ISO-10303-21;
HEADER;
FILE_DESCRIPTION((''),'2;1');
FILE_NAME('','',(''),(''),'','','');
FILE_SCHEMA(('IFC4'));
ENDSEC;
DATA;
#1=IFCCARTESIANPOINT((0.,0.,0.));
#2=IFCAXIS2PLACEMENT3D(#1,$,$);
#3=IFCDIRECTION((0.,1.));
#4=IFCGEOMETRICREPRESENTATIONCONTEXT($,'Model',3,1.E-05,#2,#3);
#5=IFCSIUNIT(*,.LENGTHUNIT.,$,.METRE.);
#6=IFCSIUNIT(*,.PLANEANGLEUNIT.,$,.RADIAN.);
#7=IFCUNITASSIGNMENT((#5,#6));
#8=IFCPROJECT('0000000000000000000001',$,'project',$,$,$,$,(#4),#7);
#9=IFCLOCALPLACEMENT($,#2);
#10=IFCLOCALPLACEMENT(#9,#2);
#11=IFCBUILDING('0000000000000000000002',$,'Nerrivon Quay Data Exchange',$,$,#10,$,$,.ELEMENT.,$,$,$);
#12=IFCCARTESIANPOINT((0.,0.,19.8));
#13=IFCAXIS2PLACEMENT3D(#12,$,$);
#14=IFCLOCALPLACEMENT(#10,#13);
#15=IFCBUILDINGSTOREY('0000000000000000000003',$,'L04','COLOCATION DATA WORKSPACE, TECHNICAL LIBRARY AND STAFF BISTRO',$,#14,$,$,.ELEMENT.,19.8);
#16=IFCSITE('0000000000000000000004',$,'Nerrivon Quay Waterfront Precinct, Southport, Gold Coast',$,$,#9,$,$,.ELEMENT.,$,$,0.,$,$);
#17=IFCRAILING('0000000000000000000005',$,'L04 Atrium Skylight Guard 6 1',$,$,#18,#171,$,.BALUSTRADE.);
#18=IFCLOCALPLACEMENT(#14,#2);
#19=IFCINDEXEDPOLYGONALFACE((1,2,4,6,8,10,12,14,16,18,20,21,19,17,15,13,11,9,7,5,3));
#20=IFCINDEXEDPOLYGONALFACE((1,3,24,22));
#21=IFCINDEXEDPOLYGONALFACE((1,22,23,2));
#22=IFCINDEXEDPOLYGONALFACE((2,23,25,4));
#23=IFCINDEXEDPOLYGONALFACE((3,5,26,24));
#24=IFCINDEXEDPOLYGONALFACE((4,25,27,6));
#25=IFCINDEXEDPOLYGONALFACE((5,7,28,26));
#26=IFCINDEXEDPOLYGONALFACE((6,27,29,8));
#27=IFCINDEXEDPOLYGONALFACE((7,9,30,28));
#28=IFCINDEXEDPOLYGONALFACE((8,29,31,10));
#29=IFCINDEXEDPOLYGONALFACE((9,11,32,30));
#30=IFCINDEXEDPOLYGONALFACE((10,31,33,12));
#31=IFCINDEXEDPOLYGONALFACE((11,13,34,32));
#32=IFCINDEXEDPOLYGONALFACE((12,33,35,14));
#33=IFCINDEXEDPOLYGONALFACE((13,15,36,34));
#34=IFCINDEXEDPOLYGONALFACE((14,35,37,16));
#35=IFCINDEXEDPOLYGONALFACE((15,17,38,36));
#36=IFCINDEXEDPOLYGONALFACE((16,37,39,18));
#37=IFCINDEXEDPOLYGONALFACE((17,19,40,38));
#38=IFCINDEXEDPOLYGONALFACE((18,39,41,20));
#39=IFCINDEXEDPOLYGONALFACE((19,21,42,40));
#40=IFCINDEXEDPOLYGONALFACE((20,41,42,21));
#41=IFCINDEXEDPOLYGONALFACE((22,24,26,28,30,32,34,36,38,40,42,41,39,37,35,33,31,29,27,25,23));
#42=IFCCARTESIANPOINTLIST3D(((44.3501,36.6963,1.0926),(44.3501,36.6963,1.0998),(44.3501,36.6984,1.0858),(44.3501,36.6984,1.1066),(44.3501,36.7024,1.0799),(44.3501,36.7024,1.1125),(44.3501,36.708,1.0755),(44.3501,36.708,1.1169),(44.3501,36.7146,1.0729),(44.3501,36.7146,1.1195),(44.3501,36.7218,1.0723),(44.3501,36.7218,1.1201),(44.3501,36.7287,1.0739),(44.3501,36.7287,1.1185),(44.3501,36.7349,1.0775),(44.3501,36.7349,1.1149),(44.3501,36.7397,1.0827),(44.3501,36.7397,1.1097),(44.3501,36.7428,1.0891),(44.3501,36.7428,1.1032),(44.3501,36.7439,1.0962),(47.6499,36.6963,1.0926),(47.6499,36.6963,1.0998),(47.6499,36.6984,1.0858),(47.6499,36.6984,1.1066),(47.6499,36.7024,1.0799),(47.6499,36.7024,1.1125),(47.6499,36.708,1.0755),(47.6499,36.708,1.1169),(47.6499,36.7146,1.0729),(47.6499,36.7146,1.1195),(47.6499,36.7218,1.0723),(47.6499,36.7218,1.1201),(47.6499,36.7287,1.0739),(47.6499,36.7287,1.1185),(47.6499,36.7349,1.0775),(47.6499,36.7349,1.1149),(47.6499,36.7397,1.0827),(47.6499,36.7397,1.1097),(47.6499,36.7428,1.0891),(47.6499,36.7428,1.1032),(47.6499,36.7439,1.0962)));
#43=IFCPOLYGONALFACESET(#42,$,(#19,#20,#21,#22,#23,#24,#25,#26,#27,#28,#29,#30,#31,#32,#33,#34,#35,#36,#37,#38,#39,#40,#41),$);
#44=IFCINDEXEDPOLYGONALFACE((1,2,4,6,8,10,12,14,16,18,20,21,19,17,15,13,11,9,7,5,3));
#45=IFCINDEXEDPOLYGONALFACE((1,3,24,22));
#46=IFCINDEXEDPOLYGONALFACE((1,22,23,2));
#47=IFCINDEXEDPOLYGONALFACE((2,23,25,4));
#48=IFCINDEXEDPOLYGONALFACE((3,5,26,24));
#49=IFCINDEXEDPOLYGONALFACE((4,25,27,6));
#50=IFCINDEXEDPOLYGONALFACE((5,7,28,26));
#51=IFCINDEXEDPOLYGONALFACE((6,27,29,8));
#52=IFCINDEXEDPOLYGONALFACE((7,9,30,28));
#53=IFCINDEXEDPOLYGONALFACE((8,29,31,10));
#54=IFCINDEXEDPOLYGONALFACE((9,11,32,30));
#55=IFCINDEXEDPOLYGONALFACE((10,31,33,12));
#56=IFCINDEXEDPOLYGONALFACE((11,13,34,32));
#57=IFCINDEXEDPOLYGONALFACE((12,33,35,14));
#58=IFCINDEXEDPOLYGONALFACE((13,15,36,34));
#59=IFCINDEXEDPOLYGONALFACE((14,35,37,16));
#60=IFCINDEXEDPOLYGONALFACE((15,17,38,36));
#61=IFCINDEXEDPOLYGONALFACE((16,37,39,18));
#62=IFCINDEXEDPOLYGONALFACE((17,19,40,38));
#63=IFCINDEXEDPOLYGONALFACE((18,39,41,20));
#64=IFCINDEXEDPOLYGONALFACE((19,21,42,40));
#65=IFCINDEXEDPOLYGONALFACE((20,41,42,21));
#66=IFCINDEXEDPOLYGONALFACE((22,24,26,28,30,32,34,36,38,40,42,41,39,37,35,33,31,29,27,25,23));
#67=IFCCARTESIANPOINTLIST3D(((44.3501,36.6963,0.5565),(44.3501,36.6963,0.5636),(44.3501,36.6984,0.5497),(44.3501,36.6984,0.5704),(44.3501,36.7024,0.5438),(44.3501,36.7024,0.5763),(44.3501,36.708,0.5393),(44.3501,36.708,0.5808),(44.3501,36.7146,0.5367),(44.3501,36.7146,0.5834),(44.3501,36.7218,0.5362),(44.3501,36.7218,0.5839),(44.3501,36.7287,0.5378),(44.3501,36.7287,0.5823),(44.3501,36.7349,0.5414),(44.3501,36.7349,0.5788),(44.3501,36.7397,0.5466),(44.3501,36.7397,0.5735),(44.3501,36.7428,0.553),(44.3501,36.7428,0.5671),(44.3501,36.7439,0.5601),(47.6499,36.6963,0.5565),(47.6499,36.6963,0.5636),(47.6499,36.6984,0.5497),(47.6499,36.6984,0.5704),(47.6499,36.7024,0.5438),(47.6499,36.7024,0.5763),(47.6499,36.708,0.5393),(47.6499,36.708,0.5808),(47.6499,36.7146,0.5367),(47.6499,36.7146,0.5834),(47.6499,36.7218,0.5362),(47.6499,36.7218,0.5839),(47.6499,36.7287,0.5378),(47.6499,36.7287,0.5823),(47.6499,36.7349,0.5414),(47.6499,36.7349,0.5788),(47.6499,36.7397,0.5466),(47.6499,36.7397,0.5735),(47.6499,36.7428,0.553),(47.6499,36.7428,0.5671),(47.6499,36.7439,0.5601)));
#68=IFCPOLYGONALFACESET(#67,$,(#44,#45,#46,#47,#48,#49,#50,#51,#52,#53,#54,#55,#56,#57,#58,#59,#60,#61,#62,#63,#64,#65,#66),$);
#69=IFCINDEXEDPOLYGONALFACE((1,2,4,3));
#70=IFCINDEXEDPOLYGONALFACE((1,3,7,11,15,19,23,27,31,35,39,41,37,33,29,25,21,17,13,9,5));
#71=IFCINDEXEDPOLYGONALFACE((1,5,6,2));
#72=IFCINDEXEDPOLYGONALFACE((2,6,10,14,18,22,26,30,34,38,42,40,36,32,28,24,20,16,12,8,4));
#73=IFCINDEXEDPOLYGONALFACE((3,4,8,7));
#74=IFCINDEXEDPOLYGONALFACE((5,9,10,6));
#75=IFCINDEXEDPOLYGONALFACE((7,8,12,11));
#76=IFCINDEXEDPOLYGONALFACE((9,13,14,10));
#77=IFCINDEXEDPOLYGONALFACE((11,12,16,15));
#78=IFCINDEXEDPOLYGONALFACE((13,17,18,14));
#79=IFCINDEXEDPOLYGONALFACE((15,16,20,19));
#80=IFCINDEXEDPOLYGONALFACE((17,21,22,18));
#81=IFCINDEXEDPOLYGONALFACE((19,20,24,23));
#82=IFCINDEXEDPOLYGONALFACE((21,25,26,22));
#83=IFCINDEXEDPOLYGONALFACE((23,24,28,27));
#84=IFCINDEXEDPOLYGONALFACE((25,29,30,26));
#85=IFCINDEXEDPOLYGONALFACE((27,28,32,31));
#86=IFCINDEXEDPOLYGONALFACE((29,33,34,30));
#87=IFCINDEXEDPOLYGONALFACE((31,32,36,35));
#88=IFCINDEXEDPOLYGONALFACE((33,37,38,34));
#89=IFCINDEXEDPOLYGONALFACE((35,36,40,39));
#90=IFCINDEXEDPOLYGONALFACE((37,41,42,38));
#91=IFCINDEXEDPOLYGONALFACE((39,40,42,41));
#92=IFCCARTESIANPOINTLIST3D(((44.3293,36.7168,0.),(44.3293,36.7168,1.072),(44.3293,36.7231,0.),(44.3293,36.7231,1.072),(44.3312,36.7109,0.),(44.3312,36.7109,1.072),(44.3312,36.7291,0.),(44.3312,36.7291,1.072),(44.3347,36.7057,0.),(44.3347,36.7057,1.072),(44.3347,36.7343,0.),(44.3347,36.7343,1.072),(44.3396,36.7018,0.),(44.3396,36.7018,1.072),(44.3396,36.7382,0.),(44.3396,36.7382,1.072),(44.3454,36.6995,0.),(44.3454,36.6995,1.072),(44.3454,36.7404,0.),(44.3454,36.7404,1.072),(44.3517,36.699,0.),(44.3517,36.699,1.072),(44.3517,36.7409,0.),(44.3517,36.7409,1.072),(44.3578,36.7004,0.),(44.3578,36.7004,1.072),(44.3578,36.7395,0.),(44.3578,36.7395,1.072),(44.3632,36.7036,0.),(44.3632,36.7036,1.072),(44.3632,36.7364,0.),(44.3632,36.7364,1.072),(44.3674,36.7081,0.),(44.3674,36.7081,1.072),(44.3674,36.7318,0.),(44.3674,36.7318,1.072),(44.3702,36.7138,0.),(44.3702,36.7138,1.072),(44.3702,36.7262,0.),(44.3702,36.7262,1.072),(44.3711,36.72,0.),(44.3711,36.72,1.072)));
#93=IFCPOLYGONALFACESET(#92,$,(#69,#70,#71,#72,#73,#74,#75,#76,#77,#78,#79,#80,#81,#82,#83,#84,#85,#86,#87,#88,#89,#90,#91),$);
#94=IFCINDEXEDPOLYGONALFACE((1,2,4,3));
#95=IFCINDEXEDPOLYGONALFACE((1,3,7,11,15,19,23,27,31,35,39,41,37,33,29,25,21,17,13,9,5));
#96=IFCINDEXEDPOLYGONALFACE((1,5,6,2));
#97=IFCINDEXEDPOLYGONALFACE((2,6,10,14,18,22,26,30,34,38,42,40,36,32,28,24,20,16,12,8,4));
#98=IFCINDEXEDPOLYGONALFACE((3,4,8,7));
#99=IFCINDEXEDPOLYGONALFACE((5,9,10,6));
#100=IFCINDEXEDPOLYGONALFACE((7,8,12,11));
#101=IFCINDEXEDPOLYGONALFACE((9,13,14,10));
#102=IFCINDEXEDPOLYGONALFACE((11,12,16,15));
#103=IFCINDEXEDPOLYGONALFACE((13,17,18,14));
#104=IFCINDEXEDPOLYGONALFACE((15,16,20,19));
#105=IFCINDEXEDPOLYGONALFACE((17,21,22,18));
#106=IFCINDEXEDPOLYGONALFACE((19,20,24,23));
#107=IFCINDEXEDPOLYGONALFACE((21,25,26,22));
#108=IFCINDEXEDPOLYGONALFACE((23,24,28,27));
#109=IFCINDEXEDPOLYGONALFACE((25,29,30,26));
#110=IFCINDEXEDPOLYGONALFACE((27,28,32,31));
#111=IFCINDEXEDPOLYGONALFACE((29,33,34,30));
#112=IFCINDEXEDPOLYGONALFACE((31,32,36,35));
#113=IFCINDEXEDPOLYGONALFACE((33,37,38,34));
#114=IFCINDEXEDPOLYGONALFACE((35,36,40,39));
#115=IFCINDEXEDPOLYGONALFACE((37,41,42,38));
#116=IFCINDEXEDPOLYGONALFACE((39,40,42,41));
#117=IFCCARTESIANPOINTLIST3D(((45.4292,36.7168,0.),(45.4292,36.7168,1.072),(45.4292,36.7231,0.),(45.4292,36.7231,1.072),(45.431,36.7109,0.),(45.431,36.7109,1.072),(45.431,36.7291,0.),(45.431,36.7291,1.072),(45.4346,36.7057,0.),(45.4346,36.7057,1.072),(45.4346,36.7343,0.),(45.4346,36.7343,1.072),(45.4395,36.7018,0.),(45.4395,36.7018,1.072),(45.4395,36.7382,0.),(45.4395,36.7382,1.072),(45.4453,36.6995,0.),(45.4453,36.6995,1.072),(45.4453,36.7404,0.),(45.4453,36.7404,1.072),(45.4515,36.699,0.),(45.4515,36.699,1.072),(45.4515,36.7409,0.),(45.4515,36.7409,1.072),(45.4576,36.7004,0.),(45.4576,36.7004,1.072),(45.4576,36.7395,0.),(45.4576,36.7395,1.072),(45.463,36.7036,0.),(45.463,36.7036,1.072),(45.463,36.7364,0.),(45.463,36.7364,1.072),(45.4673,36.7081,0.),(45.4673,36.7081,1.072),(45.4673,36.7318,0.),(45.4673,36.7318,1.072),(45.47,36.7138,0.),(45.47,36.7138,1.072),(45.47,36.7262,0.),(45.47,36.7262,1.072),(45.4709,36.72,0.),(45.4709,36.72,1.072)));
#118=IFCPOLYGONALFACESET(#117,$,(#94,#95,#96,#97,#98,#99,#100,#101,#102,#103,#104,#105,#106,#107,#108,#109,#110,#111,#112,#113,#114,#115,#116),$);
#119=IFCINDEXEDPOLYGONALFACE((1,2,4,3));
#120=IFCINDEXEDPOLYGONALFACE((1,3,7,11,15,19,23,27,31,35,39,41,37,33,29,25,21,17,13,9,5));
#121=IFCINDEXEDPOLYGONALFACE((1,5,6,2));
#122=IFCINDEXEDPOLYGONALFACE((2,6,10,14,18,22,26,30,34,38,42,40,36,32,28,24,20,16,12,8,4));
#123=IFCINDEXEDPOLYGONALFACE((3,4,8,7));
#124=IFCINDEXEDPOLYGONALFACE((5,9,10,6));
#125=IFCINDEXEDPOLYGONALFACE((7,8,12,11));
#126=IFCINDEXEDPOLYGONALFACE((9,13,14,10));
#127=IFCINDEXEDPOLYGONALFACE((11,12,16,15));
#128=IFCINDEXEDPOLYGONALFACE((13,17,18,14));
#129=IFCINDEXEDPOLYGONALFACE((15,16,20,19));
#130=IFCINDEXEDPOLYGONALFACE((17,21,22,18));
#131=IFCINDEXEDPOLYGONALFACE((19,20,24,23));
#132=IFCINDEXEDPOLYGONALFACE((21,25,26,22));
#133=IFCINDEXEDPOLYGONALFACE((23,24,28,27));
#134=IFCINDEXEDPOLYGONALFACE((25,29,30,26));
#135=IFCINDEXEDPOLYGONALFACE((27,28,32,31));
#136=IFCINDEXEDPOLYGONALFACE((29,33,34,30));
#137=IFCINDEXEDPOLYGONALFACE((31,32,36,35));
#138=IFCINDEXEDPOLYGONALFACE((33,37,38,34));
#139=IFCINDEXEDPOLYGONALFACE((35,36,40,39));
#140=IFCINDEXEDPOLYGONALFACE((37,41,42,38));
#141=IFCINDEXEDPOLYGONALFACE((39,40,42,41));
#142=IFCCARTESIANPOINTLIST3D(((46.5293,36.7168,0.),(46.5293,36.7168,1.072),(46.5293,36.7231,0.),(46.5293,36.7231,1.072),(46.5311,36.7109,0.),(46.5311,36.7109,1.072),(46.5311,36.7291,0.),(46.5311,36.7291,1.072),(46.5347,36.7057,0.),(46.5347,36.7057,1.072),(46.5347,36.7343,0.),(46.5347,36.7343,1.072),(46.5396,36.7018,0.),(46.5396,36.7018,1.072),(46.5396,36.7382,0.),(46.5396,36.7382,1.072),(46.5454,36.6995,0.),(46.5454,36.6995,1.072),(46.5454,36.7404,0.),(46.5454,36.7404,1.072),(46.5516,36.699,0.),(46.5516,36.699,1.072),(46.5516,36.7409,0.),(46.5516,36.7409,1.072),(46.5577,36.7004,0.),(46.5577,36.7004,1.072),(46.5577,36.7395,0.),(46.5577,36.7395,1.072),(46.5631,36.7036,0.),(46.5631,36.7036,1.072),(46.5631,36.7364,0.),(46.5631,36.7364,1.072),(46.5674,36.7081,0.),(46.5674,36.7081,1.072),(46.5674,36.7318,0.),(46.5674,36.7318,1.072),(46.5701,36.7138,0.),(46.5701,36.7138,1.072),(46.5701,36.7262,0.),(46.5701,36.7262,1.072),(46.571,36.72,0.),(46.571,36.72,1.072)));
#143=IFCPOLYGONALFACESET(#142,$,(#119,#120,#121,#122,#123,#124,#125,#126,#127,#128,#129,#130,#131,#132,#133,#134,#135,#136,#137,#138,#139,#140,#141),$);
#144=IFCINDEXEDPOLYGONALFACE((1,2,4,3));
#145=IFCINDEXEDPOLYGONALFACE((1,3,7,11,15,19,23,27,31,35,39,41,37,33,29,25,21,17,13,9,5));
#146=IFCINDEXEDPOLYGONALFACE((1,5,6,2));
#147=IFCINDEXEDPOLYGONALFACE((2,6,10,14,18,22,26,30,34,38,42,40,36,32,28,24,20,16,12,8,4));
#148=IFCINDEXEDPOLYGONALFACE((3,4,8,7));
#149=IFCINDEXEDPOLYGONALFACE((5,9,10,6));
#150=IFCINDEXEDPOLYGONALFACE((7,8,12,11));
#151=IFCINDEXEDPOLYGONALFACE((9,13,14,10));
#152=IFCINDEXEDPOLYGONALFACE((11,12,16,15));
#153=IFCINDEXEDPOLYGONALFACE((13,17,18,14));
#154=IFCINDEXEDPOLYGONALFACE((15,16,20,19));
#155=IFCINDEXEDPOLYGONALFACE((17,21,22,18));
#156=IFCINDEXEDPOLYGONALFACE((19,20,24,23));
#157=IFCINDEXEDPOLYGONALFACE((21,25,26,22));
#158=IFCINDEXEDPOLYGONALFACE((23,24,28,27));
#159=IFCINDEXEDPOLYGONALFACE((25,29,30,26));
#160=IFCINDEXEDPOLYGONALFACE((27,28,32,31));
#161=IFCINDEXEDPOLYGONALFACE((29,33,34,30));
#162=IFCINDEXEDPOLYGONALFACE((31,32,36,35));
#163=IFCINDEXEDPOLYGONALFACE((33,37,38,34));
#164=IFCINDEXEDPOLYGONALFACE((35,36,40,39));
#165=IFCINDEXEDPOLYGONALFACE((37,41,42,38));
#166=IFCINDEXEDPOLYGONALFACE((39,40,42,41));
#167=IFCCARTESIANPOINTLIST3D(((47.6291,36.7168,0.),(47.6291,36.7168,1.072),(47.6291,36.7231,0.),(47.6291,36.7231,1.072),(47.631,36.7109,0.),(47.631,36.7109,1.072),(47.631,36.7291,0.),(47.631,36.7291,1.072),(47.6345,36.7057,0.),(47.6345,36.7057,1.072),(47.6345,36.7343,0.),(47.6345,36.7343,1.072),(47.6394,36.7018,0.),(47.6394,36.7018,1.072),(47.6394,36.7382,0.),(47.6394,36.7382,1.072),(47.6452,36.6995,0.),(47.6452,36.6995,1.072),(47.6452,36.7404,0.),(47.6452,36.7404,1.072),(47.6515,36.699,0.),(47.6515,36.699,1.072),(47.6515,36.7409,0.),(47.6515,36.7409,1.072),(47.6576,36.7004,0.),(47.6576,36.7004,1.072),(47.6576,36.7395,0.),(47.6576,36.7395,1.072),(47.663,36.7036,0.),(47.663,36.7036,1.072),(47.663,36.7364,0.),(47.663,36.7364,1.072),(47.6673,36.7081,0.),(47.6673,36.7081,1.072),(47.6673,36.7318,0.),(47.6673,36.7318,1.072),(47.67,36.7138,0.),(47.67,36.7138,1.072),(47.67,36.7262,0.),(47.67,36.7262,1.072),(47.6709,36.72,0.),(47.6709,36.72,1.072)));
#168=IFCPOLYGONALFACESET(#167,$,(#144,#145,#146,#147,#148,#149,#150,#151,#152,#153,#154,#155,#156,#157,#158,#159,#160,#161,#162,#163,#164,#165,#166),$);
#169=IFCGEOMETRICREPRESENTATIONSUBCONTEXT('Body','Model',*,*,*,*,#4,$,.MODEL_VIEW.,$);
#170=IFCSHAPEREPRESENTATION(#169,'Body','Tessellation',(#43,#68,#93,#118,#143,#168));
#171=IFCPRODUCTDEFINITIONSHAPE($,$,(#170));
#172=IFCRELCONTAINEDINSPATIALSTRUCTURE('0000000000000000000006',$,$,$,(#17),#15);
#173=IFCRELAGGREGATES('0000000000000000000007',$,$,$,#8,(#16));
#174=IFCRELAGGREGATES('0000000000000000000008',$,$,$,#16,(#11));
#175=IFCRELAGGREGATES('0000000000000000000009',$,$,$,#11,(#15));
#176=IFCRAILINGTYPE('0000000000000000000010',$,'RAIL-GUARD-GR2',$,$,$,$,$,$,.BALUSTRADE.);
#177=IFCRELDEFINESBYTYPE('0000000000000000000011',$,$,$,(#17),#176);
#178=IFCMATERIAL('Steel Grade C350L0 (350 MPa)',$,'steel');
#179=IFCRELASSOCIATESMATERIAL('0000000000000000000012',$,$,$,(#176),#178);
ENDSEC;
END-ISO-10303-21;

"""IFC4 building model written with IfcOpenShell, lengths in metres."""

from ifc_helpers import new_model, si_unit, direction, frame, origin, origin_2d, place, context, subcontext, project, spatial, circle, extrude, material, type_object, element, save


model = new_model("IFC4")

# Units and contexts
model_context = context("Model", 3, precision=1e-05, world=origin(), true_north=direction((0.0, 1.0)))
body_context = subcontext(model_context, "Body", "Model", "MODEL_VIEW")
ifc_project = project(units=[si_unit("LENGTHUNIT", "METRE"), si_unit("PLANEANGLEUNIT", "RADIAN")], contexts=[model_context])

# Site, building, storey
site_placement = place(None, origin())
site = spatial("IfcSite", under=ifc_project, at=site_placement, Name="Nerrivon Quay Waterfront Precinct, Southport, Gold Coast", CompositionType="ELEMENT", RefElevation=0.0)
building_placement = place(site_placement, origin())
building = spatial("IfcBuilding", under=site, at=building_placement, Name="Nerrivon Quay Data Exchange", CompositionType="ELEMENT")
storey_placement = place(building_placement, frame((0.0, 0.0, 19.8)))
storey = spatial("IfcBuildingStorey", under=building, at=storey_placement, Name="L04", Description="COLOCATION DATA WORKSPACE, TECHNICAL LIBRARY AND STAFF BISTRO", CompositionType="ELEMENT", Elevation=19.8)

# Railing
ifc_material_1 = material(Name="Steel Grade C350L0 (350 MPa)", Category="steel")
railing_type = type_object("IfcRailingType", Name="RAIL-GUARD-GR2", PredefinedType="BALUSTRADE", material=ifc_material_1)
railing_1_placement = place(storey_placement, frame((44.3501, 36.72, 0.0)))
element("IfcRailing", 1, at=railing_1_placement, inside=storey, type_object=railing_type, Name="L04 Atrium Skylight Guard 6 1", PredefinedType="BALUSTRADE", context=body_context, shape_type="SweptSolid", body=[
    extrude(circle(Radius=0.0239, at=origin_2d()), frame((0.0, 0.0, 1.0962), z_axis=(1.0, 0.0, 0.0), x_axis=(0.0, 1.0, 0.0)), (0.0, 0.0, 1.0), 3.2998),
    extrude(circle(Radius=0.0239, at=origin_2d()), frame((0.0, 0.0, 0.5601), z_axis=(1.0, 0.0, 0.0), x_axis=(0.0, 1.0, 0.0)), (0.0, 0.0, 1.0), 3.2998),
    extrude(circle(Radius=0.021, at=origin_2d()), origin(), (0.0, 0.0, 1.0), 1.072),
    extrude(circle(Radius=0.021, at=origin_2d()), frame((1.0999, 0.0, 0.0)), (0.0, 0.0, 1.0), 1.072),
    extrude(circle(Radius=0.021, at=origin_2d()), frame((2.2, 0.0, 0.0)), (0.0, 0.0, 1.0), 1.072),
    extrude(circle(Radius=0.021, at=origin_2d()), frame((3.2998, 0.0, 0.0)), (0.0, 0.0, 1.0), 1.072),
])

save(model, "model.ifc")
